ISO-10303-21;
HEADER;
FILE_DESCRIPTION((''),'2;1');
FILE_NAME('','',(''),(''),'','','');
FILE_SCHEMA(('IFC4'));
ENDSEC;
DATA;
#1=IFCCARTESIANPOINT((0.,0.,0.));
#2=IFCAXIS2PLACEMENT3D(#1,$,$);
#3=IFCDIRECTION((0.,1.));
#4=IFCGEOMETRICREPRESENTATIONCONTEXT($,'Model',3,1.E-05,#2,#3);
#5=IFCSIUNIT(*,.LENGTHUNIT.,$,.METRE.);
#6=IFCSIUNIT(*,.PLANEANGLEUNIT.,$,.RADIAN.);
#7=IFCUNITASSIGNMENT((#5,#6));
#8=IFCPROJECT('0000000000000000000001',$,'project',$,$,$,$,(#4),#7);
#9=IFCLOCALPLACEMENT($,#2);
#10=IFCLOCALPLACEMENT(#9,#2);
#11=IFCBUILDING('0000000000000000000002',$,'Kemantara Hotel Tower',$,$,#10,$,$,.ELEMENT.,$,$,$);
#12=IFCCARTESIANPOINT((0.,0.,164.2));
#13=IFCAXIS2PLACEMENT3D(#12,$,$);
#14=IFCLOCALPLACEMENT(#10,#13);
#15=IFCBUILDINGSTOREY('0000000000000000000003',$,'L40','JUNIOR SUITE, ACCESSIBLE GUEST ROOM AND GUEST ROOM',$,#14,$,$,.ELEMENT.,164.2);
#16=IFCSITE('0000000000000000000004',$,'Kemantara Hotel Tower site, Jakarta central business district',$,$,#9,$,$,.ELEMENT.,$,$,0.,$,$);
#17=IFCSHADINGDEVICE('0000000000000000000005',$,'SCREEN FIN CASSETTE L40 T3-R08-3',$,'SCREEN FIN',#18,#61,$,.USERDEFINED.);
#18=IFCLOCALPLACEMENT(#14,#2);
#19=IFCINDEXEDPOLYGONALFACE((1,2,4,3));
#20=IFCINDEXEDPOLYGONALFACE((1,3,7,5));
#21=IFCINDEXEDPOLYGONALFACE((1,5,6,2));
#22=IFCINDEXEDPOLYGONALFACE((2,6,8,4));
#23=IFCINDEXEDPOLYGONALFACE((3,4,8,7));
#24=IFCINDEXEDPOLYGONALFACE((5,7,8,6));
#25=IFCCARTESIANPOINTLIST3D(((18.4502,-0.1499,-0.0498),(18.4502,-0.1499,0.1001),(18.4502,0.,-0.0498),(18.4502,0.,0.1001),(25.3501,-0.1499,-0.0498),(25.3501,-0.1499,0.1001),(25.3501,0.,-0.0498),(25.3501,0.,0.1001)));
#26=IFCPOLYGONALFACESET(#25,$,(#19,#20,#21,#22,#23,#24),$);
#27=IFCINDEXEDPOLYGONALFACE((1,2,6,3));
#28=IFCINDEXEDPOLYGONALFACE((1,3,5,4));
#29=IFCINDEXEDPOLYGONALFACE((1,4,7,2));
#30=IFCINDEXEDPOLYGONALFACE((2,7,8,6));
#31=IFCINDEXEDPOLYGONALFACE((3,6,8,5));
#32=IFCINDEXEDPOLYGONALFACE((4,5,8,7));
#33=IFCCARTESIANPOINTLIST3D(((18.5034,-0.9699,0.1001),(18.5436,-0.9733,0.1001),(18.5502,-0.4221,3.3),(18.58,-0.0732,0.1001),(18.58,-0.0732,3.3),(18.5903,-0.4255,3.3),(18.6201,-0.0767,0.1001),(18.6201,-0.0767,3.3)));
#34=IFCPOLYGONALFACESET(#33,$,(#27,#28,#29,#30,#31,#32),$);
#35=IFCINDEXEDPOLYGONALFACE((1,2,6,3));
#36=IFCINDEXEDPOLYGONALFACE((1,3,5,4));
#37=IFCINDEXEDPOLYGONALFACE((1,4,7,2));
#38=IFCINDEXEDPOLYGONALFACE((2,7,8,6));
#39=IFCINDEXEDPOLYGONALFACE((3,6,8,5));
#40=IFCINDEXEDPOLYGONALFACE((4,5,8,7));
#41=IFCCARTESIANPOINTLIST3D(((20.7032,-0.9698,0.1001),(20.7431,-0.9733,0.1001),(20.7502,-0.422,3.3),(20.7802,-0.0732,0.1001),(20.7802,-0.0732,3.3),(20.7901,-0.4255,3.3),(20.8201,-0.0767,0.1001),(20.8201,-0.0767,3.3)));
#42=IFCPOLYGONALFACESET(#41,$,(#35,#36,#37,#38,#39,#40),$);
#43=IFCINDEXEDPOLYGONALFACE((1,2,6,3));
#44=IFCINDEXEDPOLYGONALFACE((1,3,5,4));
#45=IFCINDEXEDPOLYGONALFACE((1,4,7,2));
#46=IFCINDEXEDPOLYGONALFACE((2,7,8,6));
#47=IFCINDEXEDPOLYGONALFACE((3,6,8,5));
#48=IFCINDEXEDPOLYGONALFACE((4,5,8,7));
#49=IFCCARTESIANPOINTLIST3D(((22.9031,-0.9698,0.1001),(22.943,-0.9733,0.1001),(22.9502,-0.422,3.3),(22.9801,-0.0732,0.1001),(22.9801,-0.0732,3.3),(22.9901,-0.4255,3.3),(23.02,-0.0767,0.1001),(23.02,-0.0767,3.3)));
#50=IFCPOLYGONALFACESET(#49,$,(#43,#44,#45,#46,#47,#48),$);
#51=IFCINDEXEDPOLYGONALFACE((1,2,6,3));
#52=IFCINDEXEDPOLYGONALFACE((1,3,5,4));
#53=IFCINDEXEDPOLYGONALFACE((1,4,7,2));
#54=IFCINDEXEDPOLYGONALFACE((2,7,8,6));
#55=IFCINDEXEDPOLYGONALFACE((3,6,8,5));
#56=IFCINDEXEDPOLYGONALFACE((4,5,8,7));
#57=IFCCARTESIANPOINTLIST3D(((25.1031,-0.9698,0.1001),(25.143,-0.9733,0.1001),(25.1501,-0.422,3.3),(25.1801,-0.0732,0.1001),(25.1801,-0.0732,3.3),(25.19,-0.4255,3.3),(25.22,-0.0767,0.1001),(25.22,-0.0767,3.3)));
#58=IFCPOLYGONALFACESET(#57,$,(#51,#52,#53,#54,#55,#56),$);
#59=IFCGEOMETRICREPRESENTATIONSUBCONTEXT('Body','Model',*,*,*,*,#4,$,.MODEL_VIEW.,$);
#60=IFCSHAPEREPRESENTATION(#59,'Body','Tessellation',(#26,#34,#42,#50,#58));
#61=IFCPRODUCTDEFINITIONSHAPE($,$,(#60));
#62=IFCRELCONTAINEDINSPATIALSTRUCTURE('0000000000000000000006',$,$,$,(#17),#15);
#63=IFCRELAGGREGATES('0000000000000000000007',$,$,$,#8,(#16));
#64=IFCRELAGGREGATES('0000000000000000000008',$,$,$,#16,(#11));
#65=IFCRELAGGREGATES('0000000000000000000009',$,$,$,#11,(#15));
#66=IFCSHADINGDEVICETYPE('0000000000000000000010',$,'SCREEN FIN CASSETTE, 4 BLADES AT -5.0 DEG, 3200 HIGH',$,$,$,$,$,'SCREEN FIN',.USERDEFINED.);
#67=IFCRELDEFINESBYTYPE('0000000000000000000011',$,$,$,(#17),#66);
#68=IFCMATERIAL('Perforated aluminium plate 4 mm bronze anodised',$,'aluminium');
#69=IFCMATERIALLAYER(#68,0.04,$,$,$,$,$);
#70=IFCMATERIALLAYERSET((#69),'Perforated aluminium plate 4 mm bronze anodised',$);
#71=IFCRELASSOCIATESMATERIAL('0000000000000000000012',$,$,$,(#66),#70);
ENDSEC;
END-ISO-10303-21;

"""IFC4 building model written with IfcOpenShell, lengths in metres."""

from ifc_helpers import new_model, si_unit, direction, frame, origin, origin_2d, place, context, subcontext, project, spatial, polyline, rectangle, outline, extrude, source, transform, mapped, material, layer, layer_set, type_object, element, save


model = new_model("IFC4")

# Units and contexts
model_context = context("Model", 3, precision=1e-05, world=origin(), true_north=direction((0.0, 1.0)))
body_context = subcontext(model_context, "Body", "Model", "MODEL_VIEW")
ifc_project = project(units=[si_unit("LENGTHUNIT", "METRE"), si_unit("PLANEANGLEUNIT", "RADIAN")], contexts=[model_context])

# Site, building, storey
site_placement = place(None, origin())
site = spatial("IfcSite", under=ifc_project, at=site_placement, Name="Kemantara Hotel Tower site, Jakarta central business district", CompositionType="ELEMENT", RefElevation=0.0)
building_placement = place(site_placement, origin())
building = spatial("IfcBuilding", under=site, at=building_placement, Name="Kemantara Hotel Tower", CompositionType="ELEMENT")
storey_placement = place(building_placement, frame((0.0, 0.0, 164.2)))
storey = spatial("IfcBuildingStorey", under=building, at=storey_placement, Name="L40", Description="JUNIOR SUITE, ACCESSIBLE GUEST ROOM AND GUEST ROOM", CompositionType="ELEMENT", Elevation=164.2)

# Shading device
ifc_material_1 = material(Name="Perforated aluminium plate 4 mm bronze anodised", Category="aluminium")
ifc_layer_1 = layer(ifc_material_1, 0.04)
ifc_layer_set_1 = layer_set([ifc_layer_1], Name="Perforated aluminium plate 4 mm bronze anodised")
shading_device_type = type_object("IfcShadingDeviceType", Name="SCREEN FIN CASSETTE, 4 BLADES AT -5.0 DEG, 3200 HIGH", ElementType="SCREEN FIN", PredefinedType="USERDEFINED", material=ifc_layer_set_1)
shared_shape = source(origin(), body_context, "Body", "SweptSolid", [
    extrude(rectangle(XDim=6.8999, YDim=0.1499, at=origin_2d()), frame((3.3, -0.075, -0.1499), z_axis=(0.0, 0.0, 1.0), x_axis=(1.0, 0.0, 0.0)), (0.0, 0.0, 1.0), 0.1499),
    extrude(outline(polyline([(0.0, 0.0), (0.8999, 0.0), (0.3501, 3.2), (0.0, 3.2), (0.0, 0.0)])), frame((0.02, -0.0767, 0.0), z_axis=(-0.996376, 0.085056, 0.0), x_axis=(-0.085056, -0.996376, 0.0)), (0.0, 0.0, 1.0), 0.0403),
    extrude(outline(polyline([(0.0, 0.0), (0.8999, 0.0), (0.3501, 3.2), (0.0, 3.2), (0.0, 0.0)])), frame((2.22, -0.0767, 0.0), z_axis=(-0.996332, 0.085575, 0.0), x_axis=(-0.085575, -0.996332, 0.0)), (0.0, 0.0, 1.0), 0.04),
    extrude(outline(polyline([(0.0, 0.0), (0.8999, 0.0), (0.3501, 3.2), (0.0, 3.2), (0.0, 0.0)])), frame((4.4199, -0.0767, 0.0), z_axis=(-0.996332, 0.085575, 0.0), x_axis=(-0.085575, -0.996332, 0.0)), (0.0, 0.0, 1.0), 0.04),
    extrude(outline(polyline([(0.0, 0.0), (0.8999, 0.0), (0.3501, 3.2), (0.0, 3.2), (0.0, 0.0)])), frame((6.6199, -0.0767, 0.0), z_axis=(-0.996332, 0.085575, 0.0), x_axis=(-0.085575, -0.996332, 0.0)), (0.0, 0.0, 1.0), 0.04),
])
shading_device_placement = place(storey_placement, frame((18.6001, 0.0, 0.1001), z_axis=(0.0, 0.0, 1.0), x_axis=(1.0, 0.0, 0.0)))
element("IfcShadingDevice", 1, at=shading_device_placement, inside=storey, type_object=shading_device_type, Name="SCREEN FIN CASSETTE L40 T3-R08-3", ObjectType="SCREEN FIN", PredefinedType="USERDEFINED", context=body_context, shape_type="MappedRepresentation", body=[
    mapped(shared_shape, transform((0.0, 0.0, 0.0))),
])

save(model, "model.ifc")
